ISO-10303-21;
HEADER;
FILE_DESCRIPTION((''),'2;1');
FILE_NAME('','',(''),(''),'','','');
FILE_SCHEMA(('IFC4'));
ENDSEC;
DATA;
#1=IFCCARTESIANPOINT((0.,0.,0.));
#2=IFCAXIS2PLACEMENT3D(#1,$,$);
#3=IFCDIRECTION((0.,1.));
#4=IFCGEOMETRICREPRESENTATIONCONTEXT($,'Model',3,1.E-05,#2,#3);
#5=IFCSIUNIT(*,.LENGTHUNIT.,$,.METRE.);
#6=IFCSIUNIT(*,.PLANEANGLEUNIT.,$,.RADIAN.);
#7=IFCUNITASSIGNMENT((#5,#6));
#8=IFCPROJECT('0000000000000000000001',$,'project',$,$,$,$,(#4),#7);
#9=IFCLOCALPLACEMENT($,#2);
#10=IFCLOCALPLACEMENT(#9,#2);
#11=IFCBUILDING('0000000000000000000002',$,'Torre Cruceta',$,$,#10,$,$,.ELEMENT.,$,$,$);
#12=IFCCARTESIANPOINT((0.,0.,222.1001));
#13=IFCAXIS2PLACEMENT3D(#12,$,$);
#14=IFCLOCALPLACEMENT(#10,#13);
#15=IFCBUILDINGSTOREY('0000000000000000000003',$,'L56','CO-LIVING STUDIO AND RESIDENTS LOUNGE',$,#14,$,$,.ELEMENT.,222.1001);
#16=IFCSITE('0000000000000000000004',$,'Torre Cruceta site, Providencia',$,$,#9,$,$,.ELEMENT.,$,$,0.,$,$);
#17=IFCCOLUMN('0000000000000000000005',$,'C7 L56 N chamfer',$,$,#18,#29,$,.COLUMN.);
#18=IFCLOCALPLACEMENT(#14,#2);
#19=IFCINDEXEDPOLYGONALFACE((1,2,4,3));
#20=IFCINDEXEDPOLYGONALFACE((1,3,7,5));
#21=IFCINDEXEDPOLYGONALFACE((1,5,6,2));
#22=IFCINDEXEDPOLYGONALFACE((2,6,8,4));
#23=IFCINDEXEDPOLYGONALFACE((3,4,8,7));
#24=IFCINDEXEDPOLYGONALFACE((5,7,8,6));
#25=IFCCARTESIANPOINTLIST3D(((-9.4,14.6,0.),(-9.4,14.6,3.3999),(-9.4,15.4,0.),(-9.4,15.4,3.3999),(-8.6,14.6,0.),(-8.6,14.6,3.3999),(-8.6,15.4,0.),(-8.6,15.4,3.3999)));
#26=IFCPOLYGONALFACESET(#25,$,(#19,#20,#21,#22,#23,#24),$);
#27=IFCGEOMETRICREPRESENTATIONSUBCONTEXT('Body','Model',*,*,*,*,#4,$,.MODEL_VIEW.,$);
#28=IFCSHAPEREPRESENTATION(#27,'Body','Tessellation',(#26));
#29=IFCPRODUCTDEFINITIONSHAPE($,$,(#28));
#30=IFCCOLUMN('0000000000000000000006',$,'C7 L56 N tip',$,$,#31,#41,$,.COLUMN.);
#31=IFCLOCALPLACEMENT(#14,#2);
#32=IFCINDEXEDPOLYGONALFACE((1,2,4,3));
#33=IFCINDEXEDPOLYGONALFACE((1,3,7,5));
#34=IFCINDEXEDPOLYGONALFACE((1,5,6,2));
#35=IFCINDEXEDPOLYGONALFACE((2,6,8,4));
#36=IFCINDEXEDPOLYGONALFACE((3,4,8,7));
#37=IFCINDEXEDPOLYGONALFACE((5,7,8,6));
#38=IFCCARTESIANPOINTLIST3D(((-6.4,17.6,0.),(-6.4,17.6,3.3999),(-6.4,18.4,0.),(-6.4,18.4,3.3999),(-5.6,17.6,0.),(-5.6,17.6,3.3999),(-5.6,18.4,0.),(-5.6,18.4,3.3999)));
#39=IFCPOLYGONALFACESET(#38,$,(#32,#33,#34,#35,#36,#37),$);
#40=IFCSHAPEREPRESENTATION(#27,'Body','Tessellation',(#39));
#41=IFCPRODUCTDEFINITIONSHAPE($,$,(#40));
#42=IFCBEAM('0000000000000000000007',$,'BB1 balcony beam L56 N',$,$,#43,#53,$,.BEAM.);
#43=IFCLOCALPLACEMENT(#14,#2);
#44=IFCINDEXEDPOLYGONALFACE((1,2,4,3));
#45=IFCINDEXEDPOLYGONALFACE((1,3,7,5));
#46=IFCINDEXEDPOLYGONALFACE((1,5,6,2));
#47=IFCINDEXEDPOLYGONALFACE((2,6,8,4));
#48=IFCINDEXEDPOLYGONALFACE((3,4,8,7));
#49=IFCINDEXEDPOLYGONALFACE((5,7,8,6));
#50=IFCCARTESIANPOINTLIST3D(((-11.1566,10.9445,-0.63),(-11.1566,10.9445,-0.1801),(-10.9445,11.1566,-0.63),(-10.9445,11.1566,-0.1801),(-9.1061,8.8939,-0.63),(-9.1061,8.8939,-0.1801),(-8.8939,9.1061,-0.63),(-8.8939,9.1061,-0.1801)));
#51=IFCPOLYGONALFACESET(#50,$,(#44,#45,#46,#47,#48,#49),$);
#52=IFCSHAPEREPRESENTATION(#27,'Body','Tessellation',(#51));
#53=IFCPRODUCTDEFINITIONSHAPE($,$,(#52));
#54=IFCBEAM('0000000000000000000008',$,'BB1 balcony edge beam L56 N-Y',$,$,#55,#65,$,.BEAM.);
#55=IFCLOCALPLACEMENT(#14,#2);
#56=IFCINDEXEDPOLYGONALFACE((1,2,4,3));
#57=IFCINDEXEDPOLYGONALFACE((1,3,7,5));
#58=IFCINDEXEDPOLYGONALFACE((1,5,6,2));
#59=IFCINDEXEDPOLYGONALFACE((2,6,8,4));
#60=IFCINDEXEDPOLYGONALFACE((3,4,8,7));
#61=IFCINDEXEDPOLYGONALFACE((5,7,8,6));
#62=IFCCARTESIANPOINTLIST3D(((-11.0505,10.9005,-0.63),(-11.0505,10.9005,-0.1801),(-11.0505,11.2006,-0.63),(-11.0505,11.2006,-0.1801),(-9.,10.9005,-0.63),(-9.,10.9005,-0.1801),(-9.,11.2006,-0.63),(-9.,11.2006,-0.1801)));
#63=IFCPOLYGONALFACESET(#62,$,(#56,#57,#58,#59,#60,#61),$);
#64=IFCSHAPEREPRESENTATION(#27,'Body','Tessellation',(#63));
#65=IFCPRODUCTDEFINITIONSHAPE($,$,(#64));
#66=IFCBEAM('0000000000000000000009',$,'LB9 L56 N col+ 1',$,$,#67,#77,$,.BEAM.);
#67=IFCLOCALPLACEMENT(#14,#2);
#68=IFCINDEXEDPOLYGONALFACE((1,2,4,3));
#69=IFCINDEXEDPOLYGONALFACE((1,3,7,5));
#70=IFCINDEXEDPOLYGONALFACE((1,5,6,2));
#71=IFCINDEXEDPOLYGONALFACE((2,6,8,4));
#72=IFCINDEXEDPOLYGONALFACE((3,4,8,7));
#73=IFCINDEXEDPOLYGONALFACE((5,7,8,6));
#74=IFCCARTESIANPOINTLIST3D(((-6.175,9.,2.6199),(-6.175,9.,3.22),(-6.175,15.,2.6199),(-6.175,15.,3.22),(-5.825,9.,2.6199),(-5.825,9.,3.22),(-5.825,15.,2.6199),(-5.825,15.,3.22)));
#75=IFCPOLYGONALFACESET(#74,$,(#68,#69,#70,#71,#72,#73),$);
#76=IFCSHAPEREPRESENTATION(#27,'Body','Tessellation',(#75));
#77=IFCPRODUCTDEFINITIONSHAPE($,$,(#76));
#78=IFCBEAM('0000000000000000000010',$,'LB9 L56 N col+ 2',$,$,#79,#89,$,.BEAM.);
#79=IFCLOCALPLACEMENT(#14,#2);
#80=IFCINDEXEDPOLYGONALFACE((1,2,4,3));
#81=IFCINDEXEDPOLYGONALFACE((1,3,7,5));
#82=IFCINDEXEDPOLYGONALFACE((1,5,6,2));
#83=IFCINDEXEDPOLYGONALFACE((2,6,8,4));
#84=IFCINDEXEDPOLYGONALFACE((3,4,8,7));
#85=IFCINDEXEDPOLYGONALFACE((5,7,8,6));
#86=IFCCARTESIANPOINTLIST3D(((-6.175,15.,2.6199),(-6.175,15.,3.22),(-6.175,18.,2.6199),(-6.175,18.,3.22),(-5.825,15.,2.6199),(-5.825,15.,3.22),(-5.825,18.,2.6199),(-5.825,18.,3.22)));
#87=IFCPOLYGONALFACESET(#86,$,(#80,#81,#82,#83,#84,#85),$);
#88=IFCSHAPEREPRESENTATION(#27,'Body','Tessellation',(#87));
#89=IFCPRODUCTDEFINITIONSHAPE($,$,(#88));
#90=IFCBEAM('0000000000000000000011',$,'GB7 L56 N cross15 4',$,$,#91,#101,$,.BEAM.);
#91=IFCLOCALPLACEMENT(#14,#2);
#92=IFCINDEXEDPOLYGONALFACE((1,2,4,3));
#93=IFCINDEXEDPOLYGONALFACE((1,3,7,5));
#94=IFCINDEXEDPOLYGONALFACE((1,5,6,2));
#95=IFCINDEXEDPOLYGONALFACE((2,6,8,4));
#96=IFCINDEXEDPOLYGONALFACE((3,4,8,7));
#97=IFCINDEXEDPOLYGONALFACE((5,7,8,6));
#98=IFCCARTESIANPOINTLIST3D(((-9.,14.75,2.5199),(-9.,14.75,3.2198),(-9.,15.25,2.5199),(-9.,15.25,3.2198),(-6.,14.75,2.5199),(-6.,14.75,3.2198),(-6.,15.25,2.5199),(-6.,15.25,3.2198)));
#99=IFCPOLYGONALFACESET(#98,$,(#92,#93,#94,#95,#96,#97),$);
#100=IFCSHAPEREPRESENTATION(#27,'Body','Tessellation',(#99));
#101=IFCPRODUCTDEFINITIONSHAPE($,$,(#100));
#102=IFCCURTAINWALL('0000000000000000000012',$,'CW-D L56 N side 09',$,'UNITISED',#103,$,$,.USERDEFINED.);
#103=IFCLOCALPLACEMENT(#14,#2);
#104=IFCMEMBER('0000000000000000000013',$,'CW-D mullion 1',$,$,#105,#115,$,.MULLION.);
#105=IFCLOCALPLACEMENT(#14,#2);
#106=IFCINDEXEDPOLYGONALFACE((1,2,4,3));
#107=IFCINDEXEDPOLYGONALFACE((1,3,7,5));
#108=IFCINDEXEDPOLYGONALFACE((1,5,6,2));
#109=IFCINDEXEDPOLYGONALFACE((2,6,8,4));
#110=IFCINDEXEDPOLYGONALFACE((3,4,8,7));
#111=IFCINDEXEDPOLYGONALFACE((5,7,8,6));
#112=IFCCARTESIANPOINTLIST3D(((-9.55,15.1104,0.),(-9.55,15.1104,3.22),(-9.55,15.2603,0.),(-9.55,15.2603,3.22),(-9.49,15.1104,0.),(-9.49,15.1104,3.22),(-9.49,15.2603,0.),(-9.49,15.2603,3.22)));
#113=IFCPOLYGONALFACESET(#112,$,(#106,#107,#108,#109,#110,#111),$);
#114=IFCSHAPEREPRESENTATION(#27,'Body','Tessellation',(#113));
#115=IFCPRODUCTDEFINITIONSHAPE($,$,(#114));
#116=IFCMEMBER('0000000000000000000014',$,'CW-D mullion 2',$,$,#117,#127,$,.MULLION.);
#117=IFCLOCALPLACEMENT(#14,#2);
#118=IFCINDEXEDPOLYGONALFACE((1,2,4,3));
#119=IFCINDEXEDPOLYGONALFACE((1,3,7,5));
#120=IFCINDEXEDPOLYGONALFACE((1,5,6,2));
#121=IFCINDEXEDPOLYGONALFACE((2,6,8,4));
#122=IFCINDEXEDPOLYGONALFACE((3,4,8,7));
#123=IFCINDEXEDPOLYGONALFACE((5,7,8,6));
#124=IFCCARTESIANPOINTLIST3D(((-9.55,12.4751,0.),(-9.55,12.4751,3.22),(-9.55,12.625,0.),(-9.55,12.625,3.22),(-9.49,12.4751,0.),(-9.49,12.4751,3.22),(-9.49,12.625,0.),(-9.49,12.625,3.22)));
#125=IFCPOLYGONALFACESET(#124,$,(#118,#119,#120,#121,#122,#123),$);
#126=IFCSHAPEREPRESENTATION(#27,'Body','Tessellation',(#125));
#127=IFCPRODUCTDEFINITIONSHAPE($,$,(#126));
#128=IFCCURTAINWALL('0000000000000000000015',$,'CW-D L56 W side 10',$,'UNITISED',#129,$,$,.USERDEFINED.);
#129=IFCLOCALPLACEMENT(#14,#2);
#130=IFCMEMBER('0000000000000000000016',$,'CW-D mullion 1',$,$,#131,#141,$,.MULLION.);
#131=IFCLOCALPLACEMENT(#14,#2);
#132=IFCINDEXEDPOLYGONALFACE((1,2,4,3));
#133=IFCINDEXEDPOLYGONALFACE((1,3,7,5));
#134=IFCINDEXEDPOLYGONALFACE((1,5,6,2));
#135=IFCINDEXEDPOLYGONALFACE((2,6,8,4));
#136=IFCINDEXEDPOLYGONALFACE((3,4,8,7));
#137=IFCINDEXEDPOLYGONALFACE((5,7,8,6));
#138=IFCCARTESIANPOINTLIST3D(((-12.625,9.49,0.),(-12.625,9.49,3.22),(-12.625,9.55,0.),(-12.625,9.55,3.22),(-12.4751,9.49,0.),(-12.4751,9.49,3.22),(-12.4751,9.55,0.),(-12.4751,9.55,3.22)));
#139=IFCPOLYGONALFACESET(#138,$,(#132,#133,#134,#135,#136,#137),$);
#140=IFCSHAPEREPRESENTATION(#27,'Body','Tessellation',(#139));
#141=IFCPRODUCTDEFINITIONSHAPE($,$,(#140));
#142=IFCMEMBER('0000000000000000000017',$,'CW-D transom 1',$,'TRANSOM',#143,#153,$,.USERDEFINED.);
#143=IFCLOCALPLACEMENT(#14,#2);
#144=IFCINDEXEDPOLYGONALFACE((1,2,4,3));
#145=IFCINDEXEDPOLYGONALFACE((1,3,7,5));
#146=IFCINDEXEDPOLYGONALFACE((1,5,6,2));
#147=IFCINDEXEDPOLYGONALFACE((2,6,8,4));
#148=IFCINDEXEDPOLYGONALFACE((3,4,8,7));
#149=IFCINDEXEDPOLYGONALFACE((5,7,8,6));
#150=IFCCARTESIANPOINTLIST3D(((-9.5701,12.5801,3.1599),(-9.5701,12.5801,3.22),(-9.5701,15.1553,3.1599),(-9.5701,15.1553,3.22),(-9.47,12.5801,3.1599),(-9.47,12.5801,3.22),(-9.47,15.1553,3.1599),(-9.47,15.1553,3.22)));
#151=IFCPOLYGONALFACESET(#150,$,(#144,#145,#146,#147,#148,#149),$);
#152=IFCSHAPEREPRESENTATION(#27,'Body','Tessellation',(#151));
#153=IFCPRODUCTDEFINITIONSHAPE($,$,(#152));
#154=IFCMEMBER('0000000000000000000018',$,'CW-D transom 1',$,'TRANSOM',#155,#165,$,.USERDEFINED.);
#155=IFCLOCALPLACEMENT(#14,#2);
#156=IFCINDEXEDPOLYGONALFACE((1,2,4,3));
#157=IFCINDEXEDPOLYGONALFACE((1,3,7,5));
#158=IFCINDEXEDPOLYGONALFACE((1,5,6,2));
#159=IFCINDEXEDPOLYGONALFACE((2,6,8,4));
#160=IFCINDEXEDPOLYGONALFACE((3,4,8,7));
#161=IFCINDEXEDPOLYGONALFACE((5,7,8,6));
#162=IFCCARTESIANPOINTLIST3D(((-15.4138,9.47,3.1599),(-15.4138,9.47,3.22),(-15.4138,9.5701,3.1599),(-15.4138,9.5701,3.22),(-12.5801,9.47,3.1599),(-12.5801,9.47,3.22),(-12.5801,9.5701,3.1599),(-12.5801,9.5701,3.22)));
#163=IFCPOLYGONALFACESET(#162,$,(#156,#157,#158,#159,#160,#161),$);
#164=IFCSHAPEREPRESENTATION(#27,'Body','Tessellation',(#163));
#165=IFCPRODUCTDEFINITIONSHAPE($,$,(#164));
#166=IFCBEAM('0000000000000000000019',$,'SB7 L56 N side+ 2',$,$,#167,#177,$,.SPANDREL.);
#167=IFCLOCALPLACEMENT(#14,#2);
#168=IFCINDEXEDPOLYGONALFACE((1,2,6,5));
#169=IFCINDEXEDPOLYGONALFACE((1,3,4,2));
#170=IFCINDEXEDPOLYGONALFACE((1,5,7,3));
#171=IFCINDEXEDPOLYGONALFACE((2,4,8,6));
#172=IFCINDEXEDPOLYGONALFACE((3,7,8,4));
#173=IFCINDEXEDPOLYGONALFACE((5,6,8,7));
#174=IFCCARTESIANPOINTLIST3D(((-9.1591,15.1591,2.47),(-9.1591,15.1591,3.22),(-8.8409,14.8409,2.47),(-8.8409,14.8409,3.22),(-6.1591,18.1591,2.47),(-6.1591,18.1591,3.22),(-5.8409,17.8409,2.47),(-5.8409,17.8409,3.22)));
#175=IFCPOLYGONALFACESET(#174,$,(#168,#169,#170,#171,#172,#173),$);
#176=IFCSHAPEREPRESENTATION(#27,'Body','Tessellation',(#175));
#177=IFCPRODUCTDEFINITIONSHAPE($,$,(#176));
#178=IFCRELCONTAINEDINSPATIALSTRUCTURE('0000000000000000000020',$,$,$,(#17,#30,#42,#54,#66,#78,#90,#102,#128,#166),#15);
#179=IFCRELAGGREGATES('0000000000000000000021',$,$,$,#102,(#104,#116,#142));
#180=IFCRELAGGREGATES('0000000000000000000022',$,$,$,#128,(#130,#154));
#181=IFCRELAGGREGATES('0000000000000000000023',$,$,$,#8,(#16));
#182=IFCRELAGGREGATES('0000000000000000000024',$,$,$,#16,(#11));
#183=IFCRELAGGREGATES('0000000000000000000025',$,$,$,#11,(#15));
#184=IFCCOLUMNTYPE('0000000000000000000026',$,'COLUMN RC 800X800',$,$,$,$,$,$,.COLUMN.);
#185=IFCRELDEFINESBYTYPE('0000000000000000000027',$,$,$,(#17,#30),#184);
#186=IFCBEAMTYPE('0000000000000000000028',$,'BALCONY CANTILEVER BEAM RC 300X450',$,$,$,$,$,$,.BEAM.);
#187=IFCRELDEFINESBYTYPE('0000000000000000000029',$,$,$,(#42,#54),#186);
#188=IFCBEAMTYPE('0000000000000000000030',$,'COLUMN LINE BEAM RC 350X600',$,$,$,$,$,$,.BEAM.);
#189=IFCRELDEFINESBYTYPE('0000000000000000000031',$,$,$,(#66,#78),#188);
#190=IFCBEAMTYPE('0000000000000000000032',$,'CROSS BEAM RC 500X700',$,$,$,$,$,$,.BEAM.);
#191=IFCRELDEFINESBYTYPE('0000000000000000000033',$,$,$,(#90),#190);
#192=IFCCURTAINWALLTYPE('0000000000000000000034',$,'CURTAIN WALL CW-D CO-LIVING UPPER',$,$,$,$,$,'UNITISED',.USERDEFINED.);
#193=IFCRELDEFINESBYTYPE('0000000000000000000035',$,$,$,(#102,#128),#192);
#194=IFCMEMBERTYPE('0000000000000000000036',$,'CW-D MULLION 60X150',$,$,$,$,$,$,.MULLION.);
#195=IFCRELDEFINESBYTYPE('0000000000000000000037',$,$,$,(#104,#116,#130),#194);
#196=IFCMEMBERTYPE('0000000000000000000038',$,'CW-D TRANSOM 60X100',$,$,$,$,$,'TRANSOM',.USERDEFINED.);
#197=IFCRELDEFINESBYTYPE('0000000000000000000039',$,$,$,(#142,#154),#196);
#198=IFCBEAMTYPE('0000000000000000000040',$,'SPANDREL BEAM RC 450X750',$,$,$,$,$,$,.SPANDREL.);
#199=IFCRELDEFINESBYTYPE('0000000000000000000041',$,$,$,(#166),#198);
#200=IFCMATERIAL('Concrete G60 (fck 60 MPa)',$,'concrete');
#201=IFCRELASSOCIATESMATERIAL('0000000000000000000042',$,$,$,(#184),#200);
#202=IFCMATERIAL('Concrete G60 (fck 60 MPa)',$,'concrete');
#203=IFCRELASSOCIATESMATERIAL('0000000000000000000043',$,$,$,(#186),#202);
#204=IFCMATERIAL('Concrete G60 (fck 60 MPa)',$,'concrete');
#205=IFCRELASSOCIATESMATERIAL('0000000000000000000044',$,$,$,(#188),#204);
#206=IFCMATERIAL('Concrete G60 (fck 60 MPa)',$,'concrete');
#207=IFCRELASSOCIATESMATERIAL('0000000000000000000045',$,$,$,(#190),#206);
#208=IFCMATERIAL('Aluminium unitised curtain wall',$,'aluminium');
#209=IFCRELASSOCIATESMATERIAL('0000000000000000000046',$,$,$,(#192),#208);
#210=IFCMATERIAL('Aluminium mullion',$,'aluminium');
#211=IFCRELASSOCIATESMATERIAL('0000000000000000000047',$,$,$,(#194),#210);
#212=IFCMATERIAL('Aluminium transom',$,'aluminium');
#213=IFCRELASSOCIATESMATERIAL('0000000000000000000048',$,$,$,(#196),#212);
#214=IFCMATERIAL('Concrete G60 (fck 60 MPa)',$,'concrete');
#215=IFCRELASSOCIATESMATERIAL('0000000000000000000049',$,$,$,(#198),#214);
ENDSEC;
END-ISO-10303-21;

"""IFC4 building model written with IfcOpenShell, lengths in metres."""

from ifc_helpers import new_model, si_unit, direction, frame, origin, origin_2d, place, context, subcontext, project, spatial, rectangle, extrude, material, material_profile, profile_set, type_object, element, aggregate, save


model = new_model("IFC4")

# Units and contexts
model_context = context("Model", 3, precision=1e-05, world=origin(), true_north=direction((0.0, 1.0)))
body_context = subcontext(model_context, "Body", "Model", "MODEL_VIEW")
ifc_project = project(units=[si_unit("LENGTHUNIT", "METRE"), si_unit("PLANEANGLEUNIT", "RADIAN")], contexts=[model_context])

# Site, building, storey
site_placement = place(None, origin())
site = spatial("IfcSite", under=ifc_project, at=site_placement, Name="Torre Cruceta site, Providencia", CompositionType="ELEMENT", RefElevation=0.0)
building_placement = place(site_placement, origin())
building = spatial("IfcBuilding", under=site, at=building_placement, Name="Torre Cruceta", CompositionType="ELEMENT")
storey_placement = place(building_placement, frame((0.0, 0.0, 222.1001)))
storey = spatial("IfcBuildingStorey", under=building, at=storey_placement, Name="L56", Description="CO-LIVING STUDIO AND RESIDENTS LOUNGE", CompositionType="ELEMENT", Elevation=222.1001)

# Columns
ifc_material_1 = material(Name="Concrete G60 (fck 60 MPa)", Category="concrete")
ifc_material_profile_1 = material_profile(ifc_material_1, rectangle(XDim=0.8, YDim=0.8, at=origin_2d()), Name="RC 800X800")
ifc_profile_set_1 = profile_set([ifc_material_profile_1], Name="Concrete G60 (fck 60 MPa)")
column_type = type_object("IfcColumnType", Name="COLUMN RC 800X800", PredefinedType="COLUMN", material=ifc_profile_set_1)
for number, where, z_axis, x_axis, name in (
    (1, (-9.0, 15.0, 0.0), (0.0, 0.0, 1.0), (1.0, 0.0, 0.0), "C7 L56 N chamfer"),
    (2, (-6.0, 18.0, 0.0), (0.0, 0.0, 1.0), (1.0, 0.0, 0.0), "C7 L56 N tip"),
):
    element("IfcColumn", number, at=place(storey_placement, frame(where, z_axis=z_axis, x_axis=x_axis)), inside=storey, type_object=column_type, Name=name, PredefinedType="COLUMN", context=body_context, shape_type="SweptSolid", body=[
        extrude(rectangle(XDim=0.8, YDim=0.8, at=origin_2d()), origin(), (0.0, 0.0, 1.0), 3.3999),
    ])

# Beams
ifc_material_2 = material(Name="Concrete G60 (fck 60 MPa)", Category="concrete")
ifc_material_profile_2 = material_profile(ifc_material_2, rectangle(XDim=0.3, YDim=0.45, at=origin_2d()), Name="RC 300X450")
ifc_profile_set_2 = profile_set([ifc_material_profile_2], Name="Concrete G60 (fck 60 MPa)")
beam_type_1 = type_object("IfcBeamType", Name="BALCONY CANTILEVER BEAM RC 300X450", PredefinedType="BEAM", material=ifc_profile_set_2)
beam_1_placement = place(storey_placement, frame((-9.0, 9.0, -0.405), z_axis=(-0.707107, 0.707107, 0.0), x_axis=(-0.707107, -0.707107, 0.0)))
element("IfcBeam", 3, at=beam_1_placement, inside=storey, type_object=beam_type_1, Name="BB1 balcony beam L56 N", PredefinedType="BEAM", context=body_context, shape_type="SweptSolid", body=[
    extrude(rectangle(XDim=0.3, YDim=0.45, at=origin_2d()), origin(), (0.0, 0.0, 1.0), 2.8999),
])
beam_2_placement = place(storey_placement, frame((-9.0, 11.0505, -0.405), z_axis=(-1.0, 0.0, 0.0), x_axis=(0.0, -1.0, 0.0)))
element("IfcBeam", 4, at=beam_2_placement, inside=storey, type_object=beam_type_1, Name="BB1 balcony edge beam L56 N-Y", PredefinedType="BEAM", context=body_context, shape_type="SweptSolid", body=[
    extrude(rectangle(XDim=0.3, YDim=0.45, at=origin_2d()), origin(), (0.0, 0.0, 1.0), 2.0505),
])
ifc_material_3 = material(Name="Concrete G60 (fck 60 MPa)", Category="concrete")
ifc_material_profile_3 = material_profile(ifc_material_3, rectangle(XDim=0.3501, YDim=0.6001, at=origin_2d()), Name="RC 350X600")
ifc_profile_set_3 = profile_set([ifc_material_profile_3], Name="Concrete G60 (fck 60 MPa)")
beam_type_2 = type_object("IfcBeamType", Name="COLUMN LINE BEAM RC 350X600", PredefinedType="BEAM", material=ifc_profile_set_3)
beam_3_placement = place(storey_placement, frame((-6.0, 9.0, 2.9199), z_axis=(0.0, 1.0, 0.0), x_axis=(-1.0, 0.0, 0.0)))
element("IfcBeam", 5, at=beam_3_placement, inside=storey, type_object=beam_type_2, Name="LB9 L56 N col+ 1", PredefinedType="BEAM", context=body_context, shape_type="SweptSolid", body=[
    extrude(rectangle(XDim=0.3501, YDim=0.6001, at=origin_2d()), origin(), (0.0, 0.0, 1.0), 6.0),
])
beam_4_placement = place(storey_placement, frame((-6.0, 15.0, 2.9199), z_axis=(0.0, 1.0, 0.0), x_axis=(-1.0, 0.0, 0.0)))
element("IfcBeam", 6, at=beam_4_placement, inside=storey, type_object=beam_type_2, Name="LB9 L56 N col+ 2", PredefinedType="BEAM", context=body_context, shape_type="SweptSolid", body=[
    extrude(rectangle(XDim=0.3501, YDim=0.6001, at=origin_2d()), origin(), (0.0, 0.0, 1.0), 3.0),
])
ifc_material_4 = material(Name="Concrete G60 (fck 60 MPa)", Category="concrete")
ifc_material_profile_4 = material_profile(ifc_material_4, rectangle(XDim=0.5, YDim=0.7, at=origin_2d()), Name="RC 500X700")
ifc_profile_set_4 = profile_set([ifc_material_profile_4], Name="Concrete G60 (fck 60 MPa)")
beam_type_3 = type_object("IfcBeamType", Name="CROSS BEAM RC 500X700", PredefinedType="BEAM", material=ifc_profile_set_4)
beam_5_placement = place(storey_placement, frame((-6.0, 15.0, 2.8699), z_axis=(-1.0, 0.0, 0.0), x_axis=(0.0, -1.0, 0.0)))
element("IfcBeam", 7, at=beam_5_placement, inside=storey, type_object=beam_type_3, Name="GB7 L56 N cross15 4", PredefinedType="BEAM", context=body_context, shape_type="SweptSolid", body=[
    extrude(rectangle(XDim=0.5, YDim=0.7, at=origin_2d()), origin(), (0.0, 0.0, 1.0), 3.0),
])

# Curtain wall, members
ifc_material_5 = material(Name="Aluminium unitised curtain wall", Category="aluminium")
curtain_wall_type = type_object("IfcCurtainWallType", Name="CURTAIN WALL CW-D CO-LIVING UPPER", ElementType="UNITISED", PredefinedType="USERDEFINED", material=ifc_material_5)
curtain_wall_1_placement = place(storey_placement, origin())
curtain_wall_1 = element("IfcCurtainWall", 8, at=curtain_wall_1_placement, inside=storey, type_object=curtain_wall_type, Name="CW-D L56 N side 09", ObjectType="UNITISED", PredefinedType="USERDEFINED")
ifc_material_6 = material(Name="Aluminium mullion", Category="aluminium")
ifc_material_profile_5 = material_profile(ifc_material_6, rectangle(XDim=0.0601, YDim=0.1499, at=origin_2d()), Name="AL 60X150")
ifc_profile_set_5 = profile_set([ifc_material_profile_5], Name="Aluminium mullion")
member_type_1 = type_object("IfcMemberType", Name="CW-D MULLION 60X150", PredefinedType="MULLION", material=ifc_profile_set_5)
member_1_placement = place(storey_placement, frame((-9.52, 15.1853, 0.0), z_axis=(0.0, 0.0, 1.0), x_axis=(1.0, 0.0, 0.0)))
member_1 = element("IfcMember", 9, at=member_1_placement, type_object=member_type_1, Name="CW-D mullion 1", PredefinedType="MULLION", context=body_context, shape_type="SweptSolid", body=[
    extrude(rectangle(XDim=0.0601, YDim=0.1499, at=origin_2d()), origin(), (0.0, 0.0, 1.0), 3.22),
])
member_2_placement = place(storey_placement, frame((-9.52, 12.55, 0.0), z_axis=(0.0, 0.0, 1.0), x_axis=(1.0, 0.0, 0.0)))
member_2 = element("IfcMember", 10, at=member_2_placement, type_object=member_type_1, Name="CW-D mullion 2", PredefinedType="MULLION", context=body_context, shape_type="SweptSolid", body=[
    extrude(rectangle(XDim=0.0601, YDim=0.1499, at=origin_2d()), origin(), (0.0, 0.0, 1.0), 3.22),
])

# Curtain wall, member
curtain_wall_2_placement = place(storey_placement, origin())
curtain_wall_2 = element("IfcCurtainWall", 11, at=curtain_wall_2_placement, inside=storey, type_object=curtain_wall_type, Name="CW-D L56 W side 10", ObjectType="UNITISED", PredefinedType="USERDEFINED")
member_3_placement = place(storey_placement, frame((-12.55, 9.52, 0.0), z_axis=(0.0, 0.0, 1.0), x_axis=(0.0, -1.0, 0.0)))
member_3 = element("IfcMember", 12, at=member_3_placement, type_object=member_type_1, Name="CW-D mullion 1", PredefinedType="MULLION", context=body_context, shape_type="SweptSolid", body=[
    extrude(rectangle(XDim=0.0601, YDim=0.1499, at=origin_2d()), origin(), (0.0, 0.0, 1.0), 3.22),
])

# Members
ifc_material_7 = material(Name="Aluminium transom", Category="aluminium")
ifc_material_profile_6 = material_profile(ifc_material_7, rectangle(XDim=0.1001, YDim=0.0601, at=origin_2d()), Name="AL 100X60")
ifc_profile_set_6 = profile_set([ifc_material_profile_6], Name="Aluminium transom")
member_type_2 = type_object("IfcMemberType", Name="CW-D TRANSOM 60X100", ElementType="TRANSOM", PredefinedType="USERDEFINED", material=ifc_profile_set_6)
member_4_placement = place(storey_placement, frame((-9.52, 15.1553, 3.1899), z_axis=(0.0, -1.0, 0.0), x_axis=(1.0, 0.0, 0.0)))
member_4 = element("IfcMember", 13, at=member_4_placement, type_object=member_type_2, Name="CW-D transom 1", ObjectType="TRANSOM", PredefinedType="USERDEFINED", context=body_context, shape_type="SweptSolid", body=[
    extrude(rectangle(XDim=0.1001, YDim=0.0601, at=origin_2d()), origin(), (0.0, 0.0, 1.0), 2.5752),
])
member_5_placement = place(storey_placement, frame((-12.5801, 9.52, 3.1899), z_axis=(-1.0, 0.0, 0.0), x_axis=(0.0, -1.0, 0.0)))
member_5 = element("IfcMember", 14, at=member_5_placement, type_object=member_type_2, Name="CW-D transom 1", ObjectType="TRANSOM", PredefinedType="USERDEFINED", context=body_context, shape_type="SweptSolid", body=[
    extrude(rectangle(XDim=0.1001, YDim=0.0601, at=origin_2d()), origin(), (0.0, 0.0, 1.0), 2.8337),
])

# Beam
ifc_material_8 = material(Name="Concrete G60 (fck 60 MPa)", Category="concrete")
ifc_material_profile_7 = material_profile(ifc_material_8, rectangle(XDim=0.45, YDim=0.75, at=origin_2d()), Name="RC 450X750")
ifc_profile_set_7 = profile_set([ifc_material_profile_7], Name="Concrete G60 (fck 60 MPa)")
beam_type_4 = type_object("IfcBeamType", Name="SPANDREL BEAM RC 450X750", PredefinedType="SPANDREL", material=ifc_profile_set_7)
beam_6_placement = place(storey_placement, frame((-9.0, 15.0, 2.845), z_axis=(0.707107, 0.707107, 0.0), x_axis=(-0.707107, 0.707107, 0.0)))
element("IfcBeam", 15, at=beam_6_placement, inside=storey, type_object=beam_type_4, Name="SB7 L56 N side+ 2", PredefinedType="SPANDREL", context=body_context, shape_type="SweptSolid", body=[
    extrude(rectangle(XDim=0.45, YDim=0.75, at=origin_2d()), origin(), (0.0, 0.0, 1.0), 4.2427),
])

aggregate(curtain_wall_1, [member_1, member_2, member_4])
aggregate(curtain_wall_2, [member_3, member_5])

save(model, "model.ifc")
